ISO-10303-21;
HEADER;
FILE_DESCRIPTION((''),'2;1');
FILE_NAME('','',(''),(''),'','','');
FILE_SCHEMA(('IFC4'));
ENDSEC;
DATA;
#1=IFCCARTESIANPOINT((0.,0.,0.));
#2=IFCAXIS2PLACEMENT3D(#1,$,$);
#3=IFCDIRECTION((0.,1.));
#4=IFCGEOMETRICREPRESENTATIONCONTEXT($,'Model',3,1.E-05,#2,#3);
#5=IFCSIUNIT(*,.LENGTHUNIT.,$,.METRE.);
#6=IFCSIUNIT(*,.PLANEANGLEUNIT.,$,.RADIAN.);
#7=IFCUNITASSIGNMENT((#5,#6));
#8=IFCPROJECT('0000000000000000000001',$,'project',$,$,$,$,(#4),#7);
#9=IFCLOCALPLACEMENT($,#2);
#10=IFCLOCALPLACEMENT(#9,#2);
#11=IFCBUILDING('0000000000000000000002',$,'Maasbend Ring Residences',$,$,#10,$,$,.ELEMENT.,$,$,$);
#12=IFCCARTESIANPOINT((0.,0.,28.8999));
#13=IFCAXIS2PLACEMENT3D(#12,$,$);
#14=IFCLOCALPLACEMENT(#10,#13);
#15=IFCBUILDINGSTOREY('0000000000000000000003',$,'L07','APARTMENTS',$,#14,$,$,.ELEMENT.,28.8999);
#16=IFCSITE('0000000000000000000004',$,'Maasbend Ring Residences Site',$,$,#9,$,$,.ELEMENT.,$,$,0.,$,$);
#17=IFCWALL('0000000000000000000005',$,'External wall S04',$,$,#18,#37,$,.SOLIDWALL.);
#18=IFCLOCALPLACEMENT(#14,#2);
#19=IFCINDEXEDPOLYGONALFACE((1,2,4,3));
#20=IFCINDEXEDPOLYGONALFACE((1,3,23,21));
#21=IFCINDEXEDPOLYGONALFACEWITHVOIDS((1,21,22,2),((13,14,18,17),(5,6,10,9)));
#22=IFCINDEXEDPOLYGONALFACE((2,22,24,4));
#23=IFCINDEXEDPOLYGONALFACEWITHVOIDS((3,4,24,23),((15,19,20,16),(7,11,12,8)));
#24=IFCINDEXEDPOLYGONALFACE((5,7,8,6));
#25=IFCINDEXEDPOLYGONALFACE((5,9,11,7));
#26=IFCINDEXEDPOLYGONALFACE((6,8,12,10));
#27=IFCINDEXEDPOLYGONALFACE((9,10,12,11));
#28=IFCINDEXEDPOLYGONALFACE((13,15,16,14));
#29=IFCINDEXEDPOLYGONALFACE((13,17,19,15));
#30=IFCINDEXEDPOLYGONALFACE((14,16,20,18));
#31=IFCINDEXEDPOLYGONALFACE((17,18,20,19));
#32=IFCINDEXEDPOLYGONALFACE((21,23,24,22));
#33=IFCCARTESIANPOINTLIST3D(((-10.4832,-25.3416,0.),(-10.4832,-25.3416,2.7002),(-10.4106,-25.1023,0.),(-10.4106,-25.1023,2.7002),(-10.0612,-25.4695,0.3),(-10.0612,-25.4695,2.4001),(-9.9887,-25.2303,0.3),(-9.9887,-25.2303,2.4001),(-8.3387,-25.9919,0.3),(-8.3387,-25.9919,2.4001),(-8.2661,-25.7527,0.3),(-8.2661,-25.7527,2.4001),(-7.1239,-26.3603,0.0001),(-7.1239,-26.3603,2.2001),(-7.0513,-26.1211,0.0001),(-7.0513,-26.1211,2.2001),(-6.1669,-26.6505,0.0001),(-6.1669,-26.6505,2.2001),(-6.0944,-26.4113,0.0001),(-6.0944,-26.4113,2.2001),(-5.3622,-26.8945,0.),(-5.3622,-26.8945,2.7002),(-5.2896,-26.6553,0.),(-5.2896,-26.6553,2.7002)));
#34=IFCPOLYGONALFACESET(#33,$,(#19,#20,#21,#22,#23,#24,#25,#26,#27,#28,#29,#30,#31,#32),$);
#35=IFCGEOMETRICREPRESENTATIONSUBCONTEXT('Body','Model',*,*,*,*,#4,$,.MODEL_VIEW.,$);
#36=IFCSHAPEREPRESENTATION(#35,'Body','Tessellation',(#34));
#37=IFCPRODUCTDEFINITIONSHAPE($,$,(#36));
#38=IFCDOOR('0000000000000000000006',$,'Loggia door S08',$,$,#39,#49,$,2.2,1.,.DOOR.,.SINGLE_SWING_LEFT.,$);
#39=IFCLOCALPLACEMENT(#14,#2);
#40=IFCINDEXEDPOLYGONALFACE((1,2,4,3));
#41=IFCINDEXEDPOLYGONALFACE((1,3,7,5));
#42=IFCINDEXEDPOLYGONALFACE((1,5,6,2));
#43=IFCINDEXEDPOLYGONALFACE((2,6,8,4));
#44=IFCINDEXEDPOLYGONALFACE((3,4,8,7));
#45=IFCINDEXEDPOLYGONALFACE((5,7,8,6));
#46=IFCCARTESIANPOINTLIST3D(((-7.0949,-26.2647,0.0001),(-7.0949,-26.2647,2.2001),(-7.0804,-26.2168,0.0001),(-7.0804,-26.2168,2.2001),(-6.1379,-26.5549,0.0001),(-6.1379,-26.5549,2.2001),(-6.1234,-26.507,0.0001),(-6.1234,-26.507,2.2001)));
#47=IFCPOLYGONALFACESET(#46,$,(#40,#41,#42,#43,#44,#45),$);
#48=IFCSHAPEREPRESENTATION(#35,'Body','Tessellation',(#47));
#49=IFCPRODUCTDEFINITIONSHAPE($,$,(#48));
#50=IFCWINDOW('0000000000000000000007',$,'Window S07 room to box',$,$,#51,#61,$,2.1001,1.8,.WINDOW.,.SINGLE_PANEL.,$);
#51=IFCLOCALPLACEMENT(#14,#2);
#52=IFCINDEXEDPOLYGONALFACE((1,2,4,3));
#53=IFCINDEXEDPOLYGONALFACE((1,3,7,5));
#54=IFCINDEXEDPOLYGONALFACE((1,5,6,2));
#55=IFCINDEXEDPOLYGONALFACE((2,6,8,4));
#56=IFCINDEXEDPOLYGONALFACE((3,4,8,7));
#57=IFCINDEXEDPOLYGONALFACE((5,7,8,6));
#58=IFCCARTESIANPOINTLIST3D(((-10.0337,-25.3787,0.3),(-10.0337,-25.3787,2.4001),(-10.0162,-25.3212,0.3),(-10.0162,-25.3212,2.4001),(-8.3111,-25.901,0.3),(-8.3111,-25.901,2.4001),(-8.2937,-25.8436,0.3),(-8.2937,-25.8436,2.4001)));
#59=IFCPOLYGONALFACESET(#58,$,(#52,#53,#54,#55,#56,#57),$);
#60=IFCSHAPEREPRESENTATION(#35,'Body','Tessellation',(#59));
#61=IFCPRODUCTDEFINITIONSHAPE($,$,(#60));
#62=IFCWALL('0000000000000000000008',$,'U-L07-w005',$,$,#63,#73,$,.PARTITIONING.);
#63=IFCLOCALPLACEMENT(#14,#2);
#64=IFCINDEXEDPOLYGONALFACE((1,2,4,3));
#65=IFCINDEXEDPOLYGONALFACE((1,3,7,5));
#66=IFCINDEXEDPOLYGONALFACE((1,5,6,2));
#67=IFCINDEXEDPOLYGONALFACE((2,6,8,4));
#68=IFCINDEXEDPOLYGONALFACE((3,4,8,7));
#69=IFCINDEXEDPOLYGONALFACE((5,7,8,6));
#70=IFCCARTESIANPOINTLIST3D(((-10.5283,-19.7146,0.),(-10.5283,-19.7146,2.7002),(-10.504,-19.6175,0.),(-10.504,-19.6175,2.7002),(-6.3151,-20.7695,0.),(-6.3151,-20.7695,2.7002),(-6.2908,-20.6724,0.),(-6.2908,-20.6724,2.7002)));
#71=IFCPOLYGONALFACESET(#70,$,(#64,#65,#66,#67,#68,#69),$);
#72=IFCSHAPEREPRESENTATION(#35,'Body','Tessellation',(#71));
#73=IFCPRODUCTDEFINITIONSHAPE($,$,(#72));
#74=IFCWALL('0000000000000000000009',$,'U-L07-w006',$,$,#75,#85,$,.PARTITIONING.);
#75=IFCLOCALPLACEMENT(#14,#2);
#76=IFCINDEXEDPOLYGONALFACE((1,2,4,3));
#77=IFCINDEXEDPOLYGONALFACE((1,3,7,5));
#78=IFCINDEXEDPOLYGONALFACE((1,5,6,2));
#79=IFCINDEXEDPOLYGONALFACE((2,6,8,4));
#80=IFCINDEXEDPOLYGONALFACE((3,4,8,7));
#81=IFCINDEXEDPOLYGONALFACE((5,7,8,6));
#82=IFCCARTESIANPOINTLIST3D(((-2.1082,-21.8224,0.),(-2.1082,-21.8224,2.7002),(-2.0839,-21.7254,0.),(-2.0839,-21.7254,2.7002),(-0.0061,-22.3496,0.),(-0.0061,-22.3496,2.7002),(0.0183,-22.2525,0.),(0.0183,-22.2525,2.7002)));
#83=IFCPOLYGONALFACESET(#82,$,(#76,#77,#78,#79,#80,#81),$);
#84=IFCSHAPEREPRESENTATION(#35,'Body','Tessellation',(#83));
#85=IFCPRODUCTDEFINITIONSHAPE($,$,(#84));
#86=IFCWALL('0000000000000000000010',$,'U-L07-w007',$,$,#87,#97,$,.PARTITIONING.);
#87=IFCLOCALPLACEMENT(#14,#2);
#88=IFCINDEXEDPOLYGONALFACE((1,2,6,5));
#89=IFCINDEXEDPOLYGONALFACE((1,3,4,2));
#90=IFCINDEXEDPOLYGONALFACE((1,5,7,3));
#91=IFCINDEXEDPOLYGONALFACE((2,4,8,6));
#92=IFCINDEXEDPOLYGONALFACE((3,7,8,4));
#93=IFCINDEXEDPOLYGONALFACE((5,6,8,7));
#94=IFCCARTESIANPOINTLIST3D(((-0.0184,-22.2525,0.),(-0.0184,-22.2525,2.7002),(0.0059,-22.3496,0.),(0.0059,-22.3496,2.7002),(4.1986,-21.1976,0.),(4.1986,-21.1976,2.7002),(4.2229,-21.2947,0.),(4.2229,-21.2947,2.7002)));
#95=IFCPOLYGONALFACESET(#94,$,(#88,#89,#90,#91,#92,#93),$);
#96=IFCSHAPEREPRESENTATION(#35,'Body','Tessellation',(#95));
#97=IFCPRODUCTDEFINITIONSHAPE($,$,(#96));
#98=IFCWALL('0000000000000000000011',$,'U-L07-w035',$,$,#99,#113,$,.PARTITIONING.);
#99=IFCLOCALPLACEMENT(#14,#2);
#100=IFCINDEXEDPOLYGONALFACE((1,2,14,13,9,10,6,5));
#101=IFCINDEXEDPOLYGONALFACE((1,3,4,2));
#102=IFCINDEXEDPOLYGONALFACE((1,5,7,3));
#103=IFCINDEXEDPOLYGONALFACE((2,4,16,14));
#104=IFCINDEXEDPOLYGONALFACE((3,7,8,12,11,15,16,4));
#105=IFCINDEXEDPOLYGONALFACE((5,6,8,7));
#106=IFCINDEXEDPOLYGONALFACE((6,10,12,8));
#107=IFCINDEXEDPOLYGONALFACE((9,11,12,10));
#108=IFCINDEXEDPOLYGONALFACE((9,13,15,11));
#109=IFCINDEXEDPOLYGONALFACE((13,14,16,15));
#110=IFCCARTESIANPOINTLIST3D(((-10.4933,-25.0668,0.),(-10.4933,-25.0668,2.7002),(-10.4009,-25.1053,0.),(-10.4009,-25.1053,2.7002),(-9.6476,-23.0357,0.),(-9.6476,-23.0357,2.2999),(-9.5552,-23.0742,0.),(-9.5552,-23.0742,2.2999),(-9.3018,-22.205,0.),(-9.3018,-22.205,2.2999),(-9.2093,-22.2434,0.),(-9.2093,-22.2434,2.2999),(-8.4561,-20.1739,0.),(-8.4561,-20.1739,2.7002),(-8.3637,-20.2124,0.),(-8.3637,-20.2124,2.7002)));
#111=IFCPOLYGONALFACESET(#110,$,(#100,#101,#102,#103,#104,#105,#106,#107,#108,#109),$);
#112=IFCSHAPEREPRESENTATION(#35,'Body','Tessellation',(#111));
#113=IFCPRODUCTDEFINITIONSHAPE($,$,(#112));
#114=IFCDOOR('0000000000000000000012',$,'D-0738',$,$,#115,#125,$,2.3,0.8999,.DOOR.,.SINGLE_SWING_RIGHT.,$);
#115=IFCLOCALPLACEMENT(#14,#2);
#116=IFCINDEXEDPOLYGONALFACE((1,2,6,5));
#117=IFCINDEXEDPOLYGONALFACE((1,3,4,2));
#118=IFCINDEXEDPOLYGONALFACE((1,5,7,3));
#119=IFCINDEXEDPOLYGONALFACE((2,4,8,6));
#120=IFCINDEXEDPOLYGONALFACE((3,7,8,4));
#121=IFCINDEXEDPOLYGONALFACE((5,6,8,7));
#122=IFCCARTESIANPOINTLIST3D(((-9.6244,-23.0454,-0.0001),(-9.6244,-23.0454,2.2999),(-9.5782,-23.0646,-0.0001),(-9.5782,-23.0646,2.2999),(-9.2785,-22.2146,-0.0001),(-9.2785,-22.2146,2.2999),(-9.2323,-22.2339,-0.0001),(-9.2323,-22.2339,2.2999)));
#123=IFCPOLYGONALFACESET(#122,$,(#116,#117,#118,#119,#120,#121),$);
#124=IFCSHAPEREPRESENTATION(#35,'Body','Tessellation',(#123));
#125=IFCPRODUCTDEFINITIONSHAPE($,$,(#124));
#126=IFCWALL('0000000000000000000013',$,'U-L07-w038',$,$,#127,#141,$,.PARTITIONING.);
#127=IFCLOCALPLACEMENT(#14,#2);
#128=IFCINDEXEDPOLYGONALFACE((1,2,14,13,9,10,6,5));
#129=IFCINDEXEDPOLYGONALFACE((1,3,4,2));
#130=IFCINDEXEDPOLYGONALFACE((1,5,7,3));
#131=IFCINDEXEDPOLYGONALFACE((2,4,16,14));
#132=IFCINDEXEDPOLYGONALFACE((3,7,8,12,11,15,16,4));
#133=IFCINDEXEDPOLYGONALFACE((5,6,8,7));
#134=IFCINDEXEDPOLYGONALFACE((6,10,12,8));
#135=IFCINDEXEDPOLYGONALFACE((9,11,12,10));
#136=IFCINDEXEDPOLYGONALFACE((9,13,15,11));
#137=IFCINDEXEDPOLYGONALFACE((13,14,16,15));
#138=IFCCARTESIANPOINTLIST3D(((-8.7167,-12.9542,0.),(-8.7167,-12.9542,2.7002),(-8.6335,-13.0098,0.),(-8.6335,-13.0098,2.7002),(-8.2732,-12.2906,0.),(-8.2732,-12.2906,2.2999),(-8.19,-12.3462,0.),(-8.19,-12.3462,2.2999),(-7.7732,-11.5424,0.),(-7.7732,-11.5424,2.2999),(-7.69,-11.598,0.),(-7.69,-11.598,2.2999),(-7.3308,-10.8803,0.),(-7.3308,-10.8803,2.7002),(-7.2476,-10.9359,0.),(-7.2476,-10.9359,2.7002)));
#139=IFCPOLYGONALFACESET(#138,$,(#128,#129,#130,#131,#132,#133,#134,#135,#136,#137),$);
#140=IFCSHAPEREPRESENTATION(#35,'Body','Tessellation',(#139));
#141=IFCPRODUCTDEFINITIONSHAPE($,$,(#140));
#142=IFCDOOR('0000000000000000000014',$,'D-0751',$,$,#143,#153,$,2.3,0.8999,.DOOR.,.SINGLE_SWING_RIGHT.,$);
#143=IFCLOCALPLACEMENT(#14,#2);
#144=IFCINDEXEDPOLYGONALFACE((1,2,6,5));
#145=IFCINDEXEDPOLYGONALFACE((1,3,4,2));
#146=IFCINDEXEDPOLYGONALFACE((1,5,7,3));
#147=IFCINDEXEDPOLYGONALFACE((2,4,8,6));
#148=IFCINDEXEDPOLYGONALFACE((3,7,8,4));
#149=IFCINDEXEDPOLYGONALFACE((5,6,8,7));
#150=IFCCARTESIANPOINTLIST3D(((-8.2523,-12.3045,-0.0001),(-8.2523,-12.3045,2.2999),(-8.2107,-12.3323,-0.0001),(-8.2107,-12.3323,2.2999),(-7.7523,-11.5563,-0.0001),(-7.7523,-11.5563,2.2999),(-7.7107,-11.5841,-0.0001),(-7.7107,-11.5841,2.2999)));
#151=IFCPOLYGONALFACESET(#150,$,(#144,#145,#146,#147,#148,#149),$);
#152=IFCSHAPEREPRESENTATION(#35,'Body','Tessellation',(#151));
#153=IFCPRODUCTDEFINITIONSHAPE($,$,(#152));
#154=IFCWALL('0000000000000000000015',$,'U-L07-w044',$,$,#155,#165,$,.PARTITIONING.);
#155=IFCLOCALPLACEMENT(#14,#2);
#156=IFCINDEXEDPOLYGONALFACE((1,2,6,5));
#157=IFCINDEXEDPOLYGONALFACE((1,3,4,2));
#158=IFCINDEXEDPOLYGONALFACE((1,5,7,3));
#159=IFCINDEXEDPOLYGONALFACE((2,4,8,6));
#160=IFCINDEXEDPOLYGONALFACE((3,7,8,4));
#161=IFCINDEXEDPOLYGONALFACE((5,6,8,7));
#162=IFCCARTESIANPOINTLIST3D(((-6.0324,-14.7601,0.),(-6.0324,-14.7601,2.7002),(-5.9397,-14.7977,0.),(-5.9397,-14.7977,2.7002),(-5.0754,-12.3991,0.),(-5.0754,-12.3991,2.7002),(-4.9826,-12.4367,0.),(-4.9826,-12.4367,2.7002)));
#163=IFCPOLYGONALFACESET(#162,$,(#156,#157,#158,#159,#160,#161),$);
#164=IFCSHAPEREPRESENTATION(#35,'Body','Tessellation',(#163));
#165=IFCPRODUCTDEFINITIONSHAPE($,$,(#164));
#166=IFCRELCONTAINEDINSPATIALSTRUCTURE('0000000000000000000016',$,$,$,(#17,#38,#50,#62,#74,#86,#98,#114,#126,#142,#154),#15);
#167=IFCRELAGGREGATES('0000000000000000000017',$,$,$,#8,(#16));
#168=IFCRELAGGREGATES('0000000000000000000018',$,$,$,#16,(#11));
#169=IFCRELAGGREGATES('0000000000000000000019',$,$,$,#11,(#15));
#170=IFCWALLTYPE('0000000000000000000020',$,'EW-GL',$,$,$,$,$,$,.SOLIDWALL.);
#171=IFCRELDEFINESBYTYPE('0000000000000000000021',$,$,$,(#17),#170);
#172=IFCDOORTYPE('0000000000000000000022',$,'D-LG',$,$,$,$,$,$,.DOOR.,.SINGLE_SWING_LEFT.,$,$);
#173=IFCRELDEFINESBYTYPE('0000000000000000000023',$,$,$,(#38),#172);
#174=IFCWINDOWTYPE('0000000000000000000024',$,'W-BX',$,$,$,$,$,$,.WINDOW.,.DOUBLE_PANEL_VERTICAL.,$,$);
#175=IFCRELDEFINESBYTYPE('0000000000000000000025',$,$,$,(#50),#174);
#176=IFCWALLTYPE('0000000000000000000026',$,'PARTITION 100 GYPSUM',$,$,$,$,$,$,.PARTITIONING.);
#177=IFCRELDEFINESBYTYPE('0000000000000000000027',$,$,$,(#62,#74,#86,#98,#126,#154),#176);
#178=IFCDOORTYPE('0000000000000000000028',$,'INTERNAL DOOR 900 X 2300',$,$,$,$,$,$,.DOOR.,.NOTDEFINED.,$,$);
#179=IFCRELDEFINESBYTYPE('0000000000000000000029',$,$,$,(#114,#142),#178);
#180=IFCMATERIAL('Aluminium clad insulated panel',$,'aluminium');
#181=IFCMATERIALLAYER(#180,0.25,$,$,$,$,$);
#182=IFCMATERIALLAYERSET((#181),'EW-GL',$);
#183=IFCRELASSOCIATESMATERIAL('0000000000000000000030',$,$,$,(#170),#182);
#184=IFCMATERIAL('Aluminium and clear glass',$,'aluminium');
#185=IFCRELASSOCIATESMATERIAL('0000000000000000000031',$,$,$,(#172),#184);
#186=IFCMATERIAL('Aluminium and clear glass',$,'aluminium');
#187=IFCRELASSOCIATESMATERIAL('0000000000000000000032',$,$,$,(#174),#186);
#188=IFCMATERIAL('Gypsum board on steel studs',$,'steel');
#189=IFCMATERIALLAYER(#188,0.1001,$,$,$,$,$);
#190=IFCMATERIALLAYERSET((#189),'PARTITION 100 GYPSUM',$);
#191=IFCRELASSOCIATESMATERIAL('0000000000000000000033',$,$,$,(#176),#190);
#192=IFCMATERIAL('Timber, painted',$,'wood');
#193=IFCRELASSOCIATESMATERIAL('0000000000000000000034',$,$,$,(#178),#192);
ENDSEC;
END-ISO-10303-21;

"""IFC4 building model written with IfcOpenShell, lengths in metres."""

from ifc_helpers import new_model, si_unit, direction, frame, frame_2d, origin, place, context, subcontext, project, spatial, rectangle, extrude, material, layer, layer_set, type_object, element, fill, save


model = new_model("IFC4")

# Units and contexts
model_context = context("Model", 3, precision=1e-05, world=origin(), true_north=direction((0.0, 1.0)))
body_context = subcontext(model_context, "Body", "Model", "MODEL_VIEW")
ifc_project = project(units=[si_unit("LENGTHUNIT", "METRE"), si_unit("PLANEANGLEUNIT", "RADIAN")], contexts=[model_context])

# Site, building, storey
site_placement = place(None, origin())
site = spatial("IfcSite", under=ifc_project, at=site_placement, Name="Maasbend Ring Residences Site", CompositionType="ELEMENT", RefElevation=0.0)
building_placement = place(site_placement, origin())
building = spatial("IfcBuilding", under=site, at=building_placement, Name="Maasbend Ring Residences", CompositionType="ELEMENT")
storey_placement = place(building_placement, frame((0.0, 0.0, 28.8999)))
storey = spatial("IfcBuildingStorey", under=building, at=storey_placement, Name="L07", Description="APARTMENTS", CompositionType="ELEMENT", Elevation=28.8999)

# Wall, openings, door, window
ifc_material_1 = material(Name="Aluminium clad insulated panel", Category="aluminium")
ifc_layer_1 = layer(ifc_material_1, 0.25)
ifc_layer_set_1 = layer_set([ifc_layer_1], Name="EW-GL")
wall_type_1 = type_object("IfcWallType", Name="EW-GL", PredefinedType="SOLIDWALL", material=ifc_layer_set_1)
wall_1_placement = place(storey_placement, frame((-10.447, -25.2219, 0.0), z_axis=(0.0, 0.0, 1.0), x_axis=(0.956966, -0.290201, 0.0)))
wall_1 = element("IfcWall", 1, at=wall_1_placement, inside=storey, type_object=wall_type_1, Name="External wall S04", PredefinedType="SOLIDWALL", context=body_context, shape_type="SweptSolid", body=[
    extrude(rectangle(XDim=5.3513, YDim=0.25, at=frame_2d((2.6758, 0.0))), origin(), (0.0, 0.0, 1.0), 2.7002),
])
opening_1_placement = place(wall_1_placement, frame((0.4412, 0.0, 0.3)))
opening_1 = element("IfcOpeningElement", 2, at=opening_1_placement, cuts=wall_1, PredefinedType="OPENING", context=body_context, shape_type="SweptSolid", body=[
    extrude(rectangle(XDim=1.8, YDim=2.1001, at=frame_2d((0.8999, 1.05))), frame((0.0, 0.135, 0.0), z_axis=(0.0, -1.0, 0.0), x_axis=(1.0, 0.0, 0.0)), (0.0, 0.0, 1.0), 0.27),
])
opening_2_placement = place(wall_1_placement, frame((3.5105, 0.0, 0.0)))
opening_2 = element("IfcOpeningElement", 3, at=opening_2_placement, cuts=wall_1, PredefinedType="OPENING", context=body_context, shape_type="SweptSolid", body=[
    extrude(rectangle(XDim=1.0, YDim=2.2, at=frame_2d((0.5, 1.1001))), frame((0.0, 0.135, 0.0), z_axis=(0.0, -1.0, 0.0), x_axis=(1.0, 0.0, 0.0)), (0.0, 0.0, 1.0), 0.27),
])
ifc_material_2 = material(Name="Aluminium and clear glass", Category="aluminium")
door_type_1 = type_object("IfcDoorType", Name="D-LG", OperationType="SINGLE_SWING_LEFT", PredefinedType="DOOR", material=ifc_material_2)
door_1_placement = place(opening_2_placement, origin())
door_1 = element("IfcDoor", 4, at=door_1_placement, inside=storey, type_object=door_type_1, Name="Loggia door S08", OperationType="SINGLE_SWING_LEFT", OverallHeight=2.2, OverallWidth=1.0, PredefinedType="DOOR", context=body_context, shape_type="SweptSolid", body=[
    extrude(rectangle(XDim=1.0, YDim=2.2, at=frame_2d((0.5, 1.1001))), frame((0.0, 0.0249, 0.0), z_axis=(0.0, -1.0, 0.0), x_axis=(1.0, 0.0, 0.0)), (0.0, 0.0, 1.0), 0.05),
])
fill(opening_2, door_1)
ifc_material_3 = material(Name="Aluminium and clear glass", Category="aluminium")
window_type = type_object("IfcWindowType", Name="W-BX", PartitioningType="DOUBLE_PANEL_VERTICAL", PredefinedType="WINDOW", material=ifc_material_3)
window_placement = place(opening_1_placement, origin())
window = element("IfcWindow", 5, at=window_placement, inside=storey, type_object=window_type, Name="Window S07 room to box", OverallHeight=2.1001, OverallWidth=1.8, PartitioningType="SINGLE_PANEL", PredefinedType="WINDOW", context=body_context, shape_type="SweptSolid", body=[
    extrude(rectangle(XDim=1.8, YDim=2.1001, at=frame_2d((0.8999, 1.05))), frame((0.0, 0.03, 0.0), z_axis=(0.0, -1.0, 0.0), x_axis=(1.0, 0.0, 0.0)), (0.0, 0.0, 1.0), 0.0601),
])
fill(opening_1, window)

# Walls
ifc_material_4 = material(Name="Gypsum board on steel studs", Category="steel")
ifc_layer_2 = layer(ifc_material_4, 0.1001)
ifc_layer_set_2 = layer_set([ifc_layer_2], Name="PARTITION 100 GYPSUM")
wall_type_2 = type_object("IfcWallType", Name="PARTITION 100 GYPSUM", PredefinedType="PARTITIONING", material=ifc_layer_set_2)
wall_2_placement = place(storey_placement, frame((-10.5161, -19.666, 0.0), z_axis=(0.0, 0.0, 1.0), x_axis=(0.970053, -0.242893, 0.0)))
element("IfcWall", 6, at=wall_2_placement, inside=storey, type_object=wall_type_2, Name="U-L07-w005", PredefinedType="PARTITIONING", context=body_context, shape_type="SweptSolid", body=[
    extrude(rectangle(XDim=4.3433, YDim=0.1001, at=frame_2d((2.1716, 0.0))), origin(), (0.0, 0.0, 1.0), 2.7002),
])
wall_3_placement = place(storey_placement, frame((-2.0959, -21.7739, 0.0), z_axis=(0.0, 0.0, 1.0), x_axis=(0.96997, -0.243225, 0.0)))
element("IfcWall", 7, at=wall_3_placement, inside=storey, type_object=wall_type_2, Name="U-L07-w006", PredefinedType="PARTITIONING", context=body_context, shape_type="SweptSolid", body=[
    extrude(rectangle(XDim=2.1672, YDim=0.1001, at=frame_2d((1.0835, 0.0))), origin(), (0.0, 0.0, 1.0), 2.7002),
])
wall_4_placement = place(storey_placement, frame((-0.0061, -22.301, 0.0), z_axis=(0.0, 0.0, 1.0), x_axis=(0.970106, 0.242681, 0.0)))
element("IfcWall", 8, at=wall_4_placement, inside=storey, type_object=wall_type_2, Name="U-L07-w007", PredefinedType="PARTITIONING", context=body_context, shape_type="SweptSolid", body=[
    extrude(rectangle(XDim=4.3469, YDim=0.1001, at=frame_2d((2.1733, 0.0))), origin(), (0.0, 0.0, 1.0), 2.7002),
])

# Walls, openings, doors
wall_5_placement = place(storey_placement, frame((-10.447, -25.0859, 0.0), z_axis=(0.0, 0.0, 1.0), x_axis=(0.384364, 0.923182, 0.0)))
wall_5 = element("IfcWall", 9, at=wall_5_placement, inside=storey, type_object=wall_type_2, Name="U-L07-w035", PredefinedType="PARTITIONING", context=body_context, shape_type="SweptSolid", body=[
    extrude(rectangle(XDim=5.3, YDim=0.1001, at=frame_2d((2.6499, 0.0))), origin(), (0.0, 0.0, 1.0), 2.7002),
])
opening_3_placement = place(wall_5_placement, frame((2.2, 0.0, 0.0)))
opening_3 = element("IfcOpeningElement", 10, at=opening_3_placement, cuts=wall_5, PredefinedType="OPENING", context=body_context, shape_type="SweptSolid", body=[
    extrude(rectangle(XDim=0.8999, YDim=2.3, at=frame_2d((0.45, 1.1499))), frame((0.0, 0.0601, 0.0), z_axis=(0.0, -1.0, 0.0), x_axis=(1.0, 0.0, 0.0)), (0.0, 0.0, 1.0), 0.1201),
])
ifc_material_5 = material(Name="Timber, painted", Category="wood")
door_type_2 = type_object("IfcDoorType", Name="INTERNAL DOOR 900 X 2300", OperationType="NOTDEFINED", PredefinedType="DOOR", material=ifc_material_5)
door_2_placement = place(opening_3_placement, origin())
door_2 = element("IfcDoor", 11, at=door_2_placement, inside=storey, type_object=door_type_2, Name="D-0738", OperationType="SINGLE_SWING_RIGHT", OverallHeight=2.3, OverallWidth=0.8999, PredefinedType="DOOR", context=body_context, shape_type="SweptSolid", body=[
    extrude(rectangle(XDim=0.8999, YDim=2.3, at=frame_2d((0.45, 1.1499))), frame((0.0, 0.0249, 0.0), z_axis=(0.0, -1.0, 0.0), x_axis=(1.0, 0.0, 0.0)), (0.0, 0.0, 1.0), 0.05),
])
fill(opening_3, door_2)
wall_6_placement = place(storey_placement, frame((-8.675, -12.9819, 0.0), z_axis=(0.0, 0.0, 1.0), x_axis=(0.555626, 0.831432, 0.0)))
wall_6 = element("IfcWall", 12, at=wall_6_placement, inside=storey, type_object=wall_type_2, Name="U-L07-w038", PredefinedType="PARTITIONING", context=body_context, shape_type="SweptSolid", body=[
    extrude(rectangle(XDim=2.4944, YDim=0.1001, at=frame_2d((1.2471, 0.0))), origin(), (0.0, 0.0, 1.0), 2.7002),
])
opening_4_placement = place(wall_6_placement, frame((0.7981, 0.0, 0.0)))
opening_4 = element("IfcOpeningElement", 13, at=opening_4_placement, cuts=wall_6, PredefinedType="OPENING", context=body_context, shape_type="SweptSolid", body=[
    extrude(rectangle(XDim=0.8999, YDim=2.3, at=frame_2d((0.45, 1.1499))), frame((0.0, 0.0601, 0.0), z_axis=(0.0, -1.0, 0.0), x_axis=(1.0, 0.0, 0.0)), (0.0, 0.0, 1.0), 0.1201),
])
door_3_placement = place(opening_4_placement, origin())
door_3 = element("IfcDoor", 14, at=door_3_placement, inside=storey, type_object=door_type_2, Name="D-0751", OperationType="SINGLE_SWING_RIGHT", OverallHeight=2.3, OverallWidth=0.8999, PredefinedType="DOOR", context=body_context, shape_type="SweptSolid", body=[
    extrude(rectangle(XDim=0.8999, YDim=2.3, at=frame_2d((0.45, 1.1499))), frame((0.0, 0.0249, 0.0), z_axis=(0.0, -1.0, 0.0), x_axis=(1.0, 0.0, 0.0)), (0.0, 0.0, 1.0), 0.05),
])
fill(opening_4, door_3)

# Wall
wall_7_placement = place(storey_placement, frame((-5.9861, -14.7791, 0.0), z_axis=(0.0, 0.0, 1.0), x_axis=(0.375649, 0.926762, 0.0)))
element("IfcWall", 15, at=wall_7_placement, inside=storey, type_object=wall_type_2, Name="U-L07-w044", PredefinedType="PARTITIONING", context=body_context, shape_type="SweptSolid", body=[
    extrude(rectangle(XDim=2.5476, YDim=0.1001, at=frame_2d((1.2739, 0.0))), origin(), (0.0, 0.0, 1.0), 2.7002),
])

save(model, "model.ifc")
